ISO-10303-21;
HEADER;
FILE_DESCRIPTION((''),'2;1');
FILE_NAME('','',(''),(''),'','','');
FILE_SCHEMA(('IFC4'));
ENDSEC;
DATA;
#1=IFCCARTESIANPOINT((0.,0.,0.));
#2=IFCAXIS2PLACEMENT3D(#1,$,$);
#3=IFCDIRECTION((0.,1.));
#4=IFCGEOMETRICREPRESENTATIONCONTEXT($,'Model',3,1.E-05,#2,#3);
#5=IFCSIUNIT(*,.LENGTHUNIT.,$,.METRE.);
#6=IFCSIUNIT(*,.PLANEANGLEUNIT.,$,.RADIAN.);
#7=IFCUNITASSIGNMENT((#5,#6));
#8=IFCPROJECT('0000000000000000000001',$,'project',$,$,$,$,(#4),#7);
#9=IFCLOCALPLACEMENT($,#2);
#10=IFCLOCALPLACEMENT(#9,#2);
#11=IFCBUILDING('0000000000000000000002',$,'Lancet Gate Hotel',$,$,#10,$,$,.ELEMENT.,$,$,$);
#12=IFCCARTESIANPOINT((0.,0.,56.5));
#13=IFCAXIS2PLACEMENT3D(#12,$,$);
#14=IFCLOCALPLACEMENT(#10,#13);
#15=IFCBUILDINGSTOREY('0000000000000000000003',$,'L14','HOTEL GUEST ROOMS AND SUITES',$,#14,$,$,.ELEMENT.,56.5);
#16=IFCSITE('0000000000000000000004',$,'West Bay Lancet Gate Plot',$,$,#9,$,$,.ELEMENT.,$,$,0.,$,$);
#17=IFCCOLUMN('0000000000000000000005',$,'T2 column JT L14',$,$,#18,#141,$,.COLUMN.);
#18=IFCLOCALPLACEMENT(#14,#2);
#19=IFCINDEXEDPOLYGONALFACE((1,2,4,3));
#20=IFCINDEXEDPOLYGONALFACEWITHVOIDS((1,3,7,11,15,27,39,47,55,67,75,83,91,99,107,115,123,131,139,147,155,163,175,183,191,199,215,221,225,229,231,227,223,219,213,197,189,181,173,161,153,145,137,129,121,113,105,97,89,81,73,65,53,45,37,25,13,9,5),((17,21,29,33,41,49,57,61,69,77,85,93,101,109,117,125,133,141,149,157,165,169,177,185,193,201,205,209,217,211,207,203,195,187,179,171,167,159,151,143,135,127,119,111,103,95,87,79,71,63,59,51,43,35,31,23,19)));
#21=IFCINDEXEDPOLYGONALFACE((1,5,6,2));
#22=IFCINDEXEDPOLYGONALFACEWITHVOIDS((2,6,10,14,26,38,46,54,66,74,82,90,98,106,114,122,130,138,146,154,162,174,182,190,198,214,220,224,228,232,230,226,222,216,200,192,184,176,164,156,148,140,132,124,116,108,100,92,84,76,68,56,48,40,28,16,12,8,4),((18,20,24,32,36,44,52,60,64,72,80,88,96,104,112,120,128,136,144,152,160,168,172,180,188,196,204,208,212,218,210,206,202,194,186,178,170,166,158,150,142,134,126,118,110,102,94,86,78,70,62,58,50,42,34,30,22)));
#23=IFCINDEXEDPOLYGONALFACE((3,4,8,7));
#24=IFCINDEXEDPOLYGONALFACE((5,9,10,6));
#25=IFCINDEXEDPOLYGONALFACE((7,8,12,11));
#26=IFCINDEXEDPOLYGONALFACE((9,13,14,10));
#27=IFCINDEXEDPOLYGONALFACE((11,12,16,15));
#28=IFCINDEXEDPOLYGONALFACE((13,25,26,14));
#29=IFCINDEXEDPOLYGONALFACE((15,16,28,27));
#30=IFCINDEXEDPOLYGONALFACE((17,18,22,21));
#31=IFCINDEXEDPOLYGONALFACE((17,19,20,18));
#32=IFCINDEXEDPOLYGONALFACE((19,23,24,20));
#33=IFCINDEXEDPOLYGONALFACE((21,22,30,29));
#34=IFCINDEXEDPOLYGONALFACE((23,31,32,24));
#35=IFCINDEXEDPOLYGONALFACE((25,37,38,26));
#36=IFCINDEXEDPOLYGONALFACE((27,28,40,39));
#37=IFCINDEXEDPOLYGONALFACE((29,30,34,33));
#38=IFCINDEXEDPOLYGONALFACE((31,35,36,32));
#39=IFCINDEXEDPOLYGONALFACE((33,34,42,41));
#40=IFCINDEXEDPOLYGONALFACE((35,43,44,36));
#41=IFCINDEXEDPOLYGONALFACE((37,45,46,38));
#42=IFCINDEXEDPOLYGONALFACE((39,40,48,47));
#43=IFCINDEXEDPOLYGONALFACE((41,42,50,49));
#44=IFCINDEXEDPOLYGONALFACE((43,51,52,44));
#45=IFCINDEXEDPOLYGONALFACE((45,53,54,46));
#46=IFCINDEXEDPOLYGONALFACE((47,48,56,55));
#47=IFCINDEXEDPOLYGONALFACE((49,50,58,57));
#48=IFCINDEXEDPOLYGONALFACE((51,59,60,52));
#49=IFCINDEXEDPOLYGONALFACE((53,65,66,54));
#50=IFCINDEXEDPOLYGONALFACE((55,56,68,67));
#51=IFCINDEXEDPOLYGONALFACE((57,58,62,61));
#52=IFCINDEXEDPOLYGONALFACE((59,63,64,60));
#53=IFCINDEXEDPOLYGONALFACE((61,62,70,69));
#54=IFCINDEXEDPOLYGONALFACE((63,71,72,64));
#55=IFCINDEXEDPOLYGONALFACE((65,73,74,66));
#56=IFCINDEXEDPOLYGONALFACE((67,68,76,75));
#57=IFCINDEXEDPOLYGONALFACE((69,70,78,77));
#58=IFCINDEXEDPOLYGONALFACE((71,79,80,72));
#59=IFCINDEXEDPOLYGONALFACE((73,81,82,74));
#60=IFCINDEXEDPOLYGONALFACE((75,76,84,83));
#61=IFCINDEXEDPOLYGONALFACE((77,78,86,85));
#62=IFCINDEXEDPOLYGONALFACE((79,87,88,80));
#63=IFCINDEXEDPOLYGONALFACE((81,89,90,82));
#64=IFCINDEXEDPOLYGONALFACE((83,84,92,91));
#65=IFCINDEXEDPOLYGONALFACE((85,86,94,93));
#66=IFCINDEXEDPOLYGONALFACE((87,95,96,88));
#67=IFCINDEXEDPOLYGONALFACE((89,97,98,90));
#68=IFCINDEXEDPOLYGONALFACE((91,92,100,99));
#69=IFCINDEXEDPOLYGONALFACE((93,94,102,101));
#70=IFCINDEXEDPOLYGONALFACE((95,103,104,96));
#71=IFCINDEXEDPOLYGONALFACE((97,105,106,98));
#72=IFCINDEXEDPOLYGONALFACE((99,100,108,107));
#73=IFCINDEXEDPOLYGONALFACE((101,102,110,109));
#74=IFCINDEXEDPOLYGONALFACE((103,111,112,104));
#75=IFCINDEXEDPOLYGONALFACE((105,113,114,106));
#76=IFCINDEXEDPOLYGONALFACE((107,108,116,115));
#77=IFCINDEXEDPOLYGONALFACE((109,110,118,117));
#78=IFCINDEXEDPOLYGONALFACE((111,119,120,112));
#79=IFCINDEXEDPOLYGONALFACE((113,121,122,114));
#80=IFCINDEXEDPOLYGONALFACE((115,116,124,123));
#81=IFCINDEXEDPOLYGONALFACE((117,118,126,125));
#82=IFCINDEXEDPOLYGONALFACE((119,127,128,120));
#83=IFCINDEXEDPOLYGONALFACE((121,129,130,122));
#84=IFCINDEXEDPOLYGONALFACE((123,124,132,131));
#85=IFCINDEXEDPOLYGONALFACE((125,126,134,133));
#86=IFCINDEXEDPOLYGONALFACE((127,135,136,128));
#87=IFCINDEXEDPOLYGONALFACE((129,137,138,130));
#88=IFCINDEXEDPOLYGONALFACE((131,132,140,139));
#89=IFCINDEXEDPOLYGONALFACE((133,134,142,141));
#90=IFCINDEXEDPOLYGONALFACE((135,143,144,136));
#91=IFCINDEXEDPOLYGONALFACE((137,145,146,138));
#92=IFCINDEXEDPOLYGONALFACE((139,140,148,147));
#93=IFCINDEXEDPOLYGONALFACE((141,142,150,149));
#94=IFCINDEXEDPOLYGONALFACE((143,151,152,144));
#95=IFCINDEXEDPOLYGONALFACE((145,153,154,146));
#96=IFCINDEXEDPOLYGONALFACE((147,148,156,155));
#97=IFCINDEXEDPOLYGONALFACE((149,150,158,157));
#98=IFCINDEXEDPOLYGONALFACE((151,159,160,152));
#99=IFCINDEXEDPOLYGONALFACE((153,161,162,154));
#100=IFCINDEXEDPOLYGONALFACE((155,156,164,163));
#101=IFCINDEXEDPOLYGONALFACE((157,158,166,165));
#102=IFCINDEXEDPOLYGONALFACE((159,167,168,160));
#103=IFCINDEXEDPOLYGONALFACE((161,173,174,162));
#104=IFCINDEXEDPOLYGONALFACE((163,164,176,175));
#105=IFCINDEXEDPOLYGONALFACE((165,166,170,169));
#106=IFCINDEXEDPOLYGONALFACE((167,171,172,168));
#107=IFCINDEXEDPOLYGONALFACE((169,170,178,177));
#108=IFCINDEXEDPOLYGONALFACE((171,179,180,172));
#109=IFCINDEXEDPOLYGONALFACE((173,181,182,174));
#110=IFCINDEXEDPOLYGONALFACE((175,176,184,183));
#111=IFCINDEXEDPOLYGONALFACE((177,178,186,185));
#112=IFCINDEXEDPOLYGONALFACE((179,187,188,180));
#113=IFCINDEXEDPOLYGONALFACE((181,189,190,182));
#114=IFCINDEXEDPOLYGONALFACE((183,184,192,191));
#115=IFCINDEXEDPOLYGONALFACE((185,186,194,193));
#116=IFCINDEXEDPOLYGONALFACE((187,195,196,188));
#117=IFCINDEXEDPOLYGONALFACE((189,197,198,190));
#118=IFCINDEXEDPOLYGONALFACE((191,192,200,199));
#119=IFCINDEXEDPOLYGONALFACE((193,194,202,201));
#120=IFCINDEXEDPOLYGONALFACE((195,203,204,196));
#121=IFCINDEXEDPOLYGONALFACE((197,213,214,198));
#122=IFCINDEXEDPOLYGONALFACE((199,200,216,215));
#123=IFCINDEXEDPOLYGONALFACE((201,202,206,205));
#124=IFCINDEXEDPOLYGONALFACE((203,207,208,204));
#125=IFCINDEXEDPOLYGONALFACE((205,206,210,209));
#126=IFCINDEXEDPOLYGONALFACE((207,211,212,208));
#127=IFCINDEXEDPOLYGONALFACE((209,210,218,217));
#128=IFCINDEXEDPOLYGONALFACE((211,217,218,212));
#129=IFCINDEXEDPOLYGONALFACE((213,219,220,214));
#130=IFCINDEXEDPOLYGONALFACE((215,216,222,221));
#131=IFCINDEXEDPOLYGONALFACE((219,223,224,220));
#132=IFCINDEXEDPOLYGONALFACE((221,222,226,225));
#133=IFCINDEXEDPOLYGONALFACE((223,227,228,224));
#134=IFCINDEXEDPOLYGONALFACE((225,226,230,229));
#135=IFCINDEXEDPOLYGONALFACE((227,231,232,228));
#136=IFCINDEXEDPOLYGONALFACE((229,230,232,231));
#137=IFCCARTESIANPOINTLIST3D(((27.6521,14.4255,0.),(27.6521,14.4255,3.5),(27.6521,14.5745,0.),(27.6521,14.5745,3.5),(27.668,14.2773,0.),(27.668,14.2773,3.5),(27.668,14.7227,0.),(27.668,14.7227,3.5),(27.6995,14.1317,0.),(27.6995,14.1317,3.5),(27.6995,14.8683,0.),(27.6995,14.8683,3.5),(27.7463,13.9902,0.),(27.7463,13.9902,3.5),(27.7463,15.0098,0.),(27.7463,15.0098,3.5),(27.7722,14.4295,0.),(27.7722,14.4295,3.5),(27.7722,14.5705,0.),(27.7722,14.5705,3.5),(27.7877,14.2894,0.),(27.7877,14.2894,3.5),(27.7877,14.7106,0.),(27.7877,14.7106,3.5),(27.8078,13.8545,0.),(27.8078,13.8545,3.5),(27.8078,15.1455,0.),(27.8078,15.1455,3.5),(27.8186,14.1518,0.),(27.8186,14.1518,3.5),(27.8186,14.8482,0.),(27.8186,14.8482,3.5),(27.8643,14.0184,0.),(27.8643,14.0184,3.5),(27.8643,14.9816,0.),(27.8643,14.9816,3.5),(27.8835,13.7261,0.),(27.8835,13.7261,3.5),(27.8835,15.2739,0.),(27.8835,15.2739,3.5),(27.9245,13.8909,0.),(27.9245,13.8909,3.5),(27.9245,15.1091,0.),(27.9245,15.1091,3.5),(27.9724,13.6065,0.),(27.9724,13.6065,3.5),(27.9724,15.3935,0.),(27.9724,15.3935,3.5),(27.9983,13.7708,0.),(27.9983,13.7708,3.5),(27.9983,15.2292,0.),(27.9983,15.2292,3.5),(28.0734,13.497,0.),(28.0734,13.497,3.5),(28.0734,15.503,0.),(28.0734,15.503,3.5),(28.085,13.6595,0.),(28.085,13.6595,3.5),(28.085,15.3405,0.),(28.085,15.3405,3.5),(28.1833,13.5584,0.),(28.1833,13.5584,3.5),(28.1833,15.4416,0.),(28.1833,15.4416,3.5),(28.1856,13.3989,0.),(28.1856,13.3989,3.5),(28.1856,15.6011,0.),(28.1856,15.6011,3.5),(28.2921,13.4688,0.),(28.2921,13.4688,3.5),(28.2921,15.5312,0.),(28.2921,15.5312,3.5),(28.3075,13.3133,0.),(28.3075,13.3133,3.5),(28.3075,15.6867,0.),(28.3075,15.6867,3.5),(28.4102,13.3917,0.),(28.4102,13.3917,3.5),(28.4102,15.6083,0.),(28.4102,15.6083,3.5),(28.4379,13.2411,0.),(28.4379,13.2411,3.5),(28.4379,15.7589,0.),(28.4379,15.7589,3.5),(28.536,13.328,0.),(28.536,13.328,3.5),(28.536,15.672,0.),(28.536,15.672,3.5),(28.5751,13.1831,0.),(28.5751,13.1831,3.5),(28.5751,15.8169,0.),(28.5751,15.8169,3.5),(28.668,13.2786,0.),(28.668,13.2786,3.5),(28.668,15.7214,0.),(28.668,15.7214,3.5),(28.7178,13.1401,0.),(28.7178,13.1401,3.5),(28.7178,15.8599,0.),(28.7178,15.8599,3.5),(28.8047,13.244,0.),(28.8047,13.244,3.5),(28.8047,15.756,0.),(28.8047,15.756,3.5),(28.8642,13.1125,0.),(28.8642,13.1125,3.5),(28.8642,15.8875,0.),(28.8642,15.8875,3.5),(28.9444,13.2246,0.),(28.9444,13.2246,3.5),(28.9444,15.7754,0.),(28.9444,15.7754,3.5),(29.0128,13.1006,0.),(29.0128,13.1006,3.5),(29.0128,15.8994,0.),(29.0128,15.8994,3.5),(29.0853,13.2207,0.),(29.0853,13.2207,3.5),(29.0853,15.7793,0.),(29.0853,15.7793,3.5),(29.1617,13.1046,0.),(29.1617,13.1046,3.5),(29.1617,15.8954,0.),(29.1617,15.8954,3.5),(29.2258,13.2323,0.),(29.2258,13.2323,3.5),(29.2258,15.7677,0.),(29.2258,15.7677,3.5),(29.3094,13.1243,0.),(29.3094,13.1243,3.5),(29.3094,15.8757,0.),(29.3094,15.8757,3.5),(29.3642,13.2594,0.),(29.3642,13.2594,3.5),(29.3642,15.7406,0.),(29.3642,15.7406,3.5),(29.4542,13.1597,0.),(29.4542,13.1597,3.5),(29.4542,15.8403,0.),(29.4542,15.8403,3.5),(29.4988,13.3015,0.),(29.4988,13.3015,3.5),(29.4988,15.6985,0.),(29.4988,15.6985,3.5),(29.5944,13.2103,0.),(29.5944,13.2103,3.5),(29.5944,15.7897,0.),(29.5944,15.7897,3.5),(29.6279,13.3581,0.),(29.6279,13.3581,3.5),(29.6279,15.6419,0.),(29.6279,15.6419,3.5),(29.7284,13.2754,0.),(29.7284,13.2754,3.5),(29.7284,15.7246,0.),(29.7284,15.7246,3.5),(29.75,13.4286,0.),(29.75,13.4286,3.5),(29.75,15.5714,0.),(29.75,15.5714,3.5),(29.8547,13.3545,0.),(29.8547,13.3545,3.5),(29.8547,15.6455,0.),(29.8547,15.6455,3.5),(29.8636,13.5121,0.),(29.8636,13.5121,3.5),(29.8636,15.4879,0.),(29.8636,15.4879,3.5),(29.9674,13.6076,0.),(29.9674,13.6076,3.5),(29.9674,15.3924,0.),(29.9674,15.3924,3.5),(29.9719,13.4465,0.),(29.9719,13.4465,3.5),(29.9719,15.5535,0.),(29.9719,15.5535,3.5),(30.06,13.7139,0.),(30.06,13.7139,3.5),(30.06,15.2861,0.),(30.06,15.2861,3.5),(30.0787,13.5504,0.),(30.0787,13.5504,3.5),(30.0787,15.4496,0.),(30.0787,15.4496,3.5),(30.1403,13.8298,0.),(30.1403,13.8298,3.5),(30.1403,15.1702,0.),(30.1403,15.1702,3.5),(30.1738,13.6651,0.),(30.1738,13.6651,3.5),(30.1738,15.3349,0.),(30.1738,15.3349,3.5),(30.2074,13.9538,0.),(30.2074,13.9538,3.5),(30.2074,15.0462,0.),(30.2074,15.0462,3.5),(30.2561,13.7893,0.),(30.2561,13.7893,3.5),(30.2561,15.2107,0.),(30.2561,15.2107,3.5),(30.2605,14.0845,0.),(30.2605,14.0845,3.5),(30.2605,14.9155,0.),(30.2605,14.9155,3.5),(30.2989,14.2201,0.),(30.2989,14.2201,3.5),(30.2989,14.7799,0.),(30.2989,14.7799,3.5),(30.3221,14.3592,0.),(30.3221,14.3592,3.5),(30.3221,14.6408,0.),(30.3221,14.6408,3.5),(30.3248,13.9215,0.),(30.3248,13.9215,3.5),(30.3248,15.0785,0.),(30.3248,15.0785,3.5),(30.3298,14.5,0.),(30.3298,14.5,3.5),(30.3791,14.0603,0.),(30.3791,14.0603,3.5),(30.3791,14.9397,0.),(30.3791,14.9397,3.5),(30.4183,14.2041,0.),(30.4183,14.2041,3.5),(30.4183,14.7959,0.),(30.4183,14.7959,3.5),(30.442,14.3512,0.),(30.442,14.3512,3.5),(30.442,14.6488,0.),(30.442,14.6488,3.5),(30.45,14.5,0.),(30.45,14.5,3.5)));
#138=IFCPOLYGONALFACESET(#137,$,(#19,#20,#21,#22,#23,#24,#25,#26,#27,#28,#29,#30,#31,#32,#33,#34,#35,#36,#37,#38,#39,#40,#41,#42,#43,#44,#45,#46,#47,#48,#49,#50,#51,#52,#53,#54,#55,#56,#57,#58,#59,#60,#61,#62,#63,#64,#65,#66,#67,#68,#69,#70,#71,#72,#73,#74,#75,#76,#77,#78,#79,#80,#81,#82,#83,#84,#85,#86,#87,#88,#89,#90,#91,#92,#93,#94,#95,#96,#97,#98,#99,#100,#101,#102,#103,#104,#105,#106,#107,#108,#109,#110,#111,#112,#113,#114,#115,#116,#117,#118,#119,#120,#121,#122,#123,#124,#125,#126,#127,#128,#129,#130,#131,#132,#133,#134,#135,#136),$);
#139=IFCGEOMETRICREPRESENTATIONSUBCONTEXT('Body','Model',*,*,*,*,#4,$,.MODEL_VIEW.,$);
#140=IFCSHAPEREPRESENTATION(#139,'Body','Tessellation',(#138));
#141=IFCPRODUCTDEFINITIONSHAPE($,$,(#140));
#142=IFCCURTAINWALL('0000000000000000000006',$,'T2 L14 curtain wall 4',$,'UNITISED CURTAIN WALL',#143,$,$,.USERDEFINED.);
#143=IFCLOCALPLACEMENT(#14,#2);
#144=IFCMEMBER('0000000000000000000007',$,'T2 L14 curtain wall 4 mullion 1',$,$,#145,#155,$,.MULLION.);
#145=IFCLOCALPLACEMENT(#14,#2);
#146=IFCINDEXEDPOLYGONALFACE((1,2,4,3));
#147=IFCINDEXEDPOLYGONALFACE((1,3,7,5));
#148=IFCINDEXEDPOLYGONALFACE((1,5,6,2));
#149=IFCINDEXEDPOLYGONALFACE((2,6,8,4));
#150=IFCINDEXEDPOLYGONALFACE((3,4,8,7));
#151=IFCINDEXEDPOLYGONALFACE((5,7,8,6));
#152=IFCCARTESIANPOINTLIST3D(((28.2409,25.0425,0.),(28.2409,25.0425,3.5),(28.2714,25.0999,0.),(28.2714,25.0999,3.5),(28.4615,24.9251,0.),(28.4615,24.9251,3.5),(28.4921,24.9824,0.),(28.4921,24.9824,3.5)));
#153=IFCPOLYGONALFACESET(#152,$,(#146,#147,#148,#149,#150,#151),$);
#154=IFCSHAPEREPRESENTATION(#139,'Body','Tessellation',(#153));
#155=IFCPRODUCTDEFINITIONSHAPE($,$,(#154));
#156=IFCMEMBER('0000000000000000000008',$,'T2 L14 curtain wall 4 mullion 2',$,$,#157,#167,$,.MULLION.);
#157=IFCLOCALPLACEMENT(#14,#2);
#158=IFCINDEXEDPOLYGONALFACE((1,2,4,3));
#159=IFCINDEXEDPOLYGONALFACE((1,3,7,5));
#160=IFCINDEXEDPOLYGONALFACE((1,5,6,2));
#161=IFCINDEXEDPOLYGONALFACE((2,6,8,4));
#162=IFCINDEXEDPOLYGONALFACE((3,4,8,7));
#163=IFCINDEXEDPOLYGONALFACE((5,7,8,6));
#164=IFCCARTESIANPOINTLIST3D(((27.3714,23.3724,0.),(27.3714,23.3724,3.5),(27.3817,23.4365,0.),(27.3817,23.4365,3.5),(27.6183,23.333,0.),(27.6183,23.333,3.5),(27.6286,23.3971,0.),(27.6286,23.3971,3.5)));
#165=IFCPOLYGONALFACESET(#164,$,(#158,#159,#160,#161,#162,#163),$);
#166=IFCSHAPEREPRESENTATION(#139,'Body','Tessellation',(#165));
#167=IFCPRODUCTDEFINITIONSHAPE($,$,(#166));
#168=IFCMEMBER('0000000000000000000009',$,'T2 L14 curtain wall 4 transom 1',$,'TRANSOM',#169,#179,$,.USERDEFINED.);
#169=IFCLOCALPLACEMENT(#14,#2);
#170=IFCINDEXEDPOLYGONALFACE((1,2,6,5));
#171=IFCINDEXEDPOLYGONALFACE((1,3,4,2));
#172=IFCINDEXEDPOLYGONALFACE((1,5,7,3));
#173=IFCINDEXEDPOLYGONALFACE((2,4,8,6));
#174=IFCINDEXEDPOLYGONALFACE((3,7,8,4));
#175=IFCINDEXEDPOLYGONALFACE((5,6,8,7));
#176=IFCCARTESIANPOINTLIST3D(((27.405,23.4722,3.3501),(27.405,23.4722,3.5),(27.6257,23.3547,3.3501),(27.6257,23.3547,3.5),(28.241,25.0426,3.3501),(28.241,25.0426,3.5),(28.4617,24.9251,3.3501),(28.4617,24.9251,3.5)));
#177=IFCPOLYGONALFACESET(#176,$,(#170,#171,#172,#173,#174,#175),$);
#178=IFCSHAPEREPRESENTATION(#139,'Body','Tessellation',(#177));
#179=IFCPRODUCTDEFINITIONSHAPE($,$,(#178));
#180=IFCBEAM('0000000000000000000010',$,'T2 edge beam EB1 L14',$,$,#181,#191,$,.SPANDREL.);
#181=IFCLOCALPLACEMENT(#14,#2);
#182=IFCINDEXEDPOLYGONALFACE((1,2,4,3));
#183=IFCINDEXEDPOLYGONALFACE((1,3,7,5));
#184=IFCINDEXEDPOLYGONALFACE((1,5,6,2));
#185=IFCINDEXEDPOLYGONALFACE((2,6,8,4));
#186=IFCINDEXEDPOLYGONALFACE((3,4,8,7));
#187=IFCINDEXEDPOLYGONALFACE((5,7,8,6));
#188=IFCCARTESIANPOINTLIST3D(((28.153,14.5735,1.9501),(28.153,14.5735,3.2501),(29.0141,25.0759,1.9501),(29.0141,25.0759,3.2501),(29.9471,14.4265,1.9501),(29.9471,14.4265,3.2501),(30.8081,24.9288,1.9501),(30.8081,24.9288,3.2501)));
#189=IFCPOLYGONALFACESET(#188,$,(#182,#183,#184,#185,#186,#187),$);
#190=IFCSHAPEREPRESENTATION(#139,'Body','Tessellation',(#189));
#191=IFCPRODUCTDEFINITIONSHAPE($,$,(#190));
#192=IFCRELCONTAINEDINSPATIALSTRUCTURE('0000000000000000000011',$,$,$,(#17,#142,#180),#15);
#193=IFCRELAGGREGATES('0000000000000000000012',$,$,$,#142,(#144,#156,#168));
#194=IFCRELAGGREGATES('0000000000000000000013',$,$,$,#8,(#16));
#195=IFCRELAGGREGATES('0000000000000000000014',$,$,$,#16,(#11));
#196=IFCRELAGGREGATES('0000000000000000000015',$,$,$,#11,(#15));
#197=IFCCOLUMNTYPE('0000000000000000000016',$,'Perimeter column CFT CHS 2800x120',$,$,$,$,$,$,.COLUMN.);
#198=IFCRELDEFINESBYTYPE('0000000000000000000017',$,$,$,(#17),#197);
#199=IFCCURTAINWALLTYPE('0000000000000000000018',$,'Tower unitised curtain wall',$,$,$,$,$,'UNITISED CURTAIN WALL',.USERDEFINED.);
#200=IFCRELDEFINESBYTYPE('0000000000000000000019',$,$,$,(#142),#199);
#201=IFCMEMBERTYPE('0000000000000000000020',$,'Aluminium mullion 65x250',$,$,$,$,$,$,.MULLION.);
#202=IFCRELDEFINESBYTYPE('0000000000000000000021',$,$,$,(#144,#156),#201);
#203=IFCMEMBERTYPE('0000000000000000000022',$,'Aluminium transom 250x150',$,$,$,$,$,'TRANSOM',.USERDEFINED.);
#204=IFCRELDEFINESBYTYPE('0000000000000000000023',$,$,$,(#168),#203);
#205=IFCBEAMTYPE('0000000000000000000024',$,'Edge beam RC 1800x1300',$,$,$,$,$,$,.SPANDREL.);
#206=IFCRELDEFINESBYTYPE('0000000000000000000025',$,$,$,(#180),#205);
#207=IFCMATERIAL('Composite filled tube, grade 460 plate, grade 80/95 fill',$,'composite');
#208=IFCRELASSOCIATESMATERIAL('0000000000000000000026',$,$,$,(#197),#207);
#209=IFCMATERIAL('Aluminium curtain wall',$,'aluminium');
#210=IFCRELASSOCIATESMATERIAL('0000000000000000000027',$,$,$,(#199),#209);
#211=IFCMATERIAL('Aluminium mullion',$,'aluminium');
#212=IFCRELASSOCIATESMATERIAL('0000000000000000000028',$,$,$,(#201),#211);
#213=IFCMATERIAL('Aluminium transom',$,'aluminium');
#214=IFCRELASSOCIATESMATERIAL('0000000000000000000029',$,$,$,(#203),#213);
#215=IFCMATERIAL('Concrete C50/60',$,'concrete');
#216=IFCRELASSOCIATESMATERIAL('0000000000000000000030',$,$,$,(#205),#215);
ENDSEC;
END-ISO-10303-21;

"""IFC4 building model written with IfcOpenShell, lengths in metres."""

from ifc_helpers import new_model, si_unit, direction, frame, origin, origin_2d, place, context, subcontext, project, spatial, rectangle, hollow_circle, extrude, material, material_profile, profile_set, type_object, element, aggregate, save


model = new_model("IFC4")

# Units and contexts
model_context = context("Model", 3, precision=1e-05, world=origin(), true_north=direction((0.0, 1.0)))
body_context = subcontext(model_context, "Body", "Model", "MODEL_VIEW")
ifc_project = project(units=[si_unit("LENGTHUNIT", "METRE"), si_unit("PLANEANGLEUNIT", "RADIAN")], contexts=[model_context])

# Site, building, storey
site_placement = place(None, origin())
site = spatial("IfcSite", under=ifc_project, at=site_placement, Name="West Bay Lancet Gate Plot", CompositionType="ELEMENT", RefElevation=0.0)
building_placement = place(site_placement, origin())
building = spatial("IfcBuilding", under=site, at=building_placement, Name="Lancet Gate Hotel", CompositionType="ELEMENT")
storey_placement = place(building_placement, frame((0.0, 0.0, 56.5)))
storey = spatial("IfcBuildingStorey", under=building, at=storey_placement, Name="L14", Description="HOTEL GUEST ROOMS AND SUITES", CompositionType="ELEMENT", Elevation=56.5)

# Column
ifc_material_1 = material(Name="Composite filled tube, grade 460 plate, grade 80/95 fill", Category="composite")
ifc_material_profile_1 = material_profile(ifc_material_1, hollow_circle(Radius=1.3999, WallThickness=0.1201, at=origin_2d()), Name="CHS 2800x120")
ifc_profile_set_1 = profile_set([ifc_material_profile_1], Name="Composite filled tube, grade 460 plate, grade 80/95 fill")
column_type = type_object("IfcColumnType", Name="Perimeter column CFT CHS 2800x120", PredefinedType="COLUMN", material=ifc_profile_set_1)
for number, where, z_axis, x_axis, name in (
    (1, (29.05, 14.5, 0.0), (0.0, 0.0, 1.0), (1.0, 0.0, 0.0), "T2 column JT L14"),
):
    element("IfcColumn", number, at=place(storey_placement, frame(where, z_axis=z_axis, x_axis=x_axis)), inside=storey, type_object=column_type, Name=name, PredefinedType="COLUMN", context=body_context, shape_type="SweptSolid", body=[
        extrude(hollow_circle(Radius=1.3999, WallThickness=0.1201, at=origin_2d()), origin(), (0.0, 0.0, 1.0), 3.5),
    ])

# Curtain wall, members
ifc_material_2 = material(Name="Aluminium curtain wall", Category="aluminium")
curtain_wall_type = type_object("IfcCurtainWallType", Name="Tower unitised curtain wall", ElementType="UNITISED CURTAIN WALL", PredefinedType="USERDEFINED", material=ifc_material_2)
curtain_wall_placement = place(storey_placement, origin())
curtain_wall = element("IfcCurtainWall", 2, at=curtain_wall_placement, inside=storey, type_object=curtain_wall_type, Name="T2 L14 curtain wall 4", ObjectType="UNITISED CURTAIN WALL", PredefinedType="USERDEFINED")
ifc_material_3 = material(Name="Aluminium mullion", Category="aluminium")
ifc_material_profile_2 = material_profile(ifc_material_3, rectangle(XDim=0.0649, YDim=0.25, at=origin_2d()), Name="MULLION 65x250")
ifc_profile_set_2 = profile_set([ifc_material_profile_2], Name="Aluminium mullion")
member_type_1 = type_object("IfcMemberType", Name="Aluminium mullion 65x250", PredefinedType="MULLION", material=ifc_profile_set_2)
member_1_placement = place(storey_placement, frame((28.3665, 25.0125, 0.0), z_axis=(0.0, 0.0, 1.0), x_axis=(-0.469898, -0.882721, 0.0)))
member_1 = element("IfcMember", 3, at=member_1_placement, type_object=member_type_1, Name="T2 L14 curtain wall 4 mullion 1", PredefinedType="MULLION", context=body_context, shape_type="SweptSolid", body=[
    extrude(rectangle(XDim=0.0649, YDim=0.25, at=origin_2d()), origin(), (0.0, 0.0, 1.0), 3.5),
])
member_2_placement = place(storey_placement, frame((27.5, 23.3848, 0.0), z_axis=(0.0, 0.0, 1.0), x_axis=(-0.157752, -0.987479, 0.0)))
member_2 = element("IfcMember", 4, at=member_2_placement, type_object=member_type_1, Name="T2 L14 curtain wall 4 mullion 2", PredefinedType="MULLION", context=body_context, shape_type="SweptSolid", body=[
    extrude(rectangle(XDim=0.0649, YDim=0.25, at=origin_2d()), origin(), (0.0, 0.0, 1.0), 3.5),
])
ifc_material_4 = material(Name="Aluminium transom", Category="aluminium")
ifc_material_profile_3 = material_profile(ifc_material_4, rectangle(XDim=0.25, YDim=0.1499, at=origin_2d()), Name="TRANSOM 250x150")
ifc_profile_set_3 = profile_set([ifc_material_profile_3], Name="Aluminium transom")
member_type_2 = type_object("IfcMemberType", Name="Aluminium transom 250x150", ElementType="TRANSOM", PredefinedType="USERDEFINED", material=ifc_profile_set_3)
member_3_placement = place(storey_placement, frame((28.3513, 24.9839, 3.425), z_axis=(-0.469904, -0.882717, 0.0), x_axis=(0.882717, -0.469904, 0.0)))
member_3 = element("IfcMember", 5, at=member_3_placement, type_object=member_type_2, Name="T2 L14 curtain wall 4 transom 1", ObjectType="TRANSOM", PredefinedType="USERDEFINED", context=body_context, shape_type="SweptSolid", body=[
    extrude(rectangle(XDim=0.25, YDim=0.1499, at=origin_2d()), origin(), (0.0, 0.0, 1.0), 1.7791),
])

# Beam
ifc_material_5 = material(Name="Concrete C50/60", Category="concrete")
ifc_material_profile_4 = material_profile(ifc_material_5, rectangle(XDim=1.8, YDim=1.3, at=origin_2d()), Name="RC 1800x1300")
ifc_profile_set_4 = profile_set([ifc_material_profile_4], Name="Concrete C50/60")
beam_type_1 = type_object("IfcBeamType", Name="Edge beam RC 1800x1300", PredefinedType="SPANDREL", material=ifc_profile_set_4)
beam_1_placement = place(storey_placement, frame((29.05, 14.5, 2.6001), z_axis=(0.081715, 0.996656, 0.0), x_axis=(-0.996656, 0.081715, 0.0)))
element("IfcBeam", 6, at=beam_1_placement, inside=storey, type_object=beam_type_1, Name="T2 edge beam EB1 L14", PredefinedType="SPANDREL", context=body_context, shape_type="SweptSolid", body=[
    extrude(rectangle(XDim=1.8, YDim=1.3, at=origin_2d()), origin(), (0.0, 0.0, 1.0), 10.5376),
])

aggregate(curtain_wall, [member_1, member_2, member_3])

save(model, "model.ifc")
